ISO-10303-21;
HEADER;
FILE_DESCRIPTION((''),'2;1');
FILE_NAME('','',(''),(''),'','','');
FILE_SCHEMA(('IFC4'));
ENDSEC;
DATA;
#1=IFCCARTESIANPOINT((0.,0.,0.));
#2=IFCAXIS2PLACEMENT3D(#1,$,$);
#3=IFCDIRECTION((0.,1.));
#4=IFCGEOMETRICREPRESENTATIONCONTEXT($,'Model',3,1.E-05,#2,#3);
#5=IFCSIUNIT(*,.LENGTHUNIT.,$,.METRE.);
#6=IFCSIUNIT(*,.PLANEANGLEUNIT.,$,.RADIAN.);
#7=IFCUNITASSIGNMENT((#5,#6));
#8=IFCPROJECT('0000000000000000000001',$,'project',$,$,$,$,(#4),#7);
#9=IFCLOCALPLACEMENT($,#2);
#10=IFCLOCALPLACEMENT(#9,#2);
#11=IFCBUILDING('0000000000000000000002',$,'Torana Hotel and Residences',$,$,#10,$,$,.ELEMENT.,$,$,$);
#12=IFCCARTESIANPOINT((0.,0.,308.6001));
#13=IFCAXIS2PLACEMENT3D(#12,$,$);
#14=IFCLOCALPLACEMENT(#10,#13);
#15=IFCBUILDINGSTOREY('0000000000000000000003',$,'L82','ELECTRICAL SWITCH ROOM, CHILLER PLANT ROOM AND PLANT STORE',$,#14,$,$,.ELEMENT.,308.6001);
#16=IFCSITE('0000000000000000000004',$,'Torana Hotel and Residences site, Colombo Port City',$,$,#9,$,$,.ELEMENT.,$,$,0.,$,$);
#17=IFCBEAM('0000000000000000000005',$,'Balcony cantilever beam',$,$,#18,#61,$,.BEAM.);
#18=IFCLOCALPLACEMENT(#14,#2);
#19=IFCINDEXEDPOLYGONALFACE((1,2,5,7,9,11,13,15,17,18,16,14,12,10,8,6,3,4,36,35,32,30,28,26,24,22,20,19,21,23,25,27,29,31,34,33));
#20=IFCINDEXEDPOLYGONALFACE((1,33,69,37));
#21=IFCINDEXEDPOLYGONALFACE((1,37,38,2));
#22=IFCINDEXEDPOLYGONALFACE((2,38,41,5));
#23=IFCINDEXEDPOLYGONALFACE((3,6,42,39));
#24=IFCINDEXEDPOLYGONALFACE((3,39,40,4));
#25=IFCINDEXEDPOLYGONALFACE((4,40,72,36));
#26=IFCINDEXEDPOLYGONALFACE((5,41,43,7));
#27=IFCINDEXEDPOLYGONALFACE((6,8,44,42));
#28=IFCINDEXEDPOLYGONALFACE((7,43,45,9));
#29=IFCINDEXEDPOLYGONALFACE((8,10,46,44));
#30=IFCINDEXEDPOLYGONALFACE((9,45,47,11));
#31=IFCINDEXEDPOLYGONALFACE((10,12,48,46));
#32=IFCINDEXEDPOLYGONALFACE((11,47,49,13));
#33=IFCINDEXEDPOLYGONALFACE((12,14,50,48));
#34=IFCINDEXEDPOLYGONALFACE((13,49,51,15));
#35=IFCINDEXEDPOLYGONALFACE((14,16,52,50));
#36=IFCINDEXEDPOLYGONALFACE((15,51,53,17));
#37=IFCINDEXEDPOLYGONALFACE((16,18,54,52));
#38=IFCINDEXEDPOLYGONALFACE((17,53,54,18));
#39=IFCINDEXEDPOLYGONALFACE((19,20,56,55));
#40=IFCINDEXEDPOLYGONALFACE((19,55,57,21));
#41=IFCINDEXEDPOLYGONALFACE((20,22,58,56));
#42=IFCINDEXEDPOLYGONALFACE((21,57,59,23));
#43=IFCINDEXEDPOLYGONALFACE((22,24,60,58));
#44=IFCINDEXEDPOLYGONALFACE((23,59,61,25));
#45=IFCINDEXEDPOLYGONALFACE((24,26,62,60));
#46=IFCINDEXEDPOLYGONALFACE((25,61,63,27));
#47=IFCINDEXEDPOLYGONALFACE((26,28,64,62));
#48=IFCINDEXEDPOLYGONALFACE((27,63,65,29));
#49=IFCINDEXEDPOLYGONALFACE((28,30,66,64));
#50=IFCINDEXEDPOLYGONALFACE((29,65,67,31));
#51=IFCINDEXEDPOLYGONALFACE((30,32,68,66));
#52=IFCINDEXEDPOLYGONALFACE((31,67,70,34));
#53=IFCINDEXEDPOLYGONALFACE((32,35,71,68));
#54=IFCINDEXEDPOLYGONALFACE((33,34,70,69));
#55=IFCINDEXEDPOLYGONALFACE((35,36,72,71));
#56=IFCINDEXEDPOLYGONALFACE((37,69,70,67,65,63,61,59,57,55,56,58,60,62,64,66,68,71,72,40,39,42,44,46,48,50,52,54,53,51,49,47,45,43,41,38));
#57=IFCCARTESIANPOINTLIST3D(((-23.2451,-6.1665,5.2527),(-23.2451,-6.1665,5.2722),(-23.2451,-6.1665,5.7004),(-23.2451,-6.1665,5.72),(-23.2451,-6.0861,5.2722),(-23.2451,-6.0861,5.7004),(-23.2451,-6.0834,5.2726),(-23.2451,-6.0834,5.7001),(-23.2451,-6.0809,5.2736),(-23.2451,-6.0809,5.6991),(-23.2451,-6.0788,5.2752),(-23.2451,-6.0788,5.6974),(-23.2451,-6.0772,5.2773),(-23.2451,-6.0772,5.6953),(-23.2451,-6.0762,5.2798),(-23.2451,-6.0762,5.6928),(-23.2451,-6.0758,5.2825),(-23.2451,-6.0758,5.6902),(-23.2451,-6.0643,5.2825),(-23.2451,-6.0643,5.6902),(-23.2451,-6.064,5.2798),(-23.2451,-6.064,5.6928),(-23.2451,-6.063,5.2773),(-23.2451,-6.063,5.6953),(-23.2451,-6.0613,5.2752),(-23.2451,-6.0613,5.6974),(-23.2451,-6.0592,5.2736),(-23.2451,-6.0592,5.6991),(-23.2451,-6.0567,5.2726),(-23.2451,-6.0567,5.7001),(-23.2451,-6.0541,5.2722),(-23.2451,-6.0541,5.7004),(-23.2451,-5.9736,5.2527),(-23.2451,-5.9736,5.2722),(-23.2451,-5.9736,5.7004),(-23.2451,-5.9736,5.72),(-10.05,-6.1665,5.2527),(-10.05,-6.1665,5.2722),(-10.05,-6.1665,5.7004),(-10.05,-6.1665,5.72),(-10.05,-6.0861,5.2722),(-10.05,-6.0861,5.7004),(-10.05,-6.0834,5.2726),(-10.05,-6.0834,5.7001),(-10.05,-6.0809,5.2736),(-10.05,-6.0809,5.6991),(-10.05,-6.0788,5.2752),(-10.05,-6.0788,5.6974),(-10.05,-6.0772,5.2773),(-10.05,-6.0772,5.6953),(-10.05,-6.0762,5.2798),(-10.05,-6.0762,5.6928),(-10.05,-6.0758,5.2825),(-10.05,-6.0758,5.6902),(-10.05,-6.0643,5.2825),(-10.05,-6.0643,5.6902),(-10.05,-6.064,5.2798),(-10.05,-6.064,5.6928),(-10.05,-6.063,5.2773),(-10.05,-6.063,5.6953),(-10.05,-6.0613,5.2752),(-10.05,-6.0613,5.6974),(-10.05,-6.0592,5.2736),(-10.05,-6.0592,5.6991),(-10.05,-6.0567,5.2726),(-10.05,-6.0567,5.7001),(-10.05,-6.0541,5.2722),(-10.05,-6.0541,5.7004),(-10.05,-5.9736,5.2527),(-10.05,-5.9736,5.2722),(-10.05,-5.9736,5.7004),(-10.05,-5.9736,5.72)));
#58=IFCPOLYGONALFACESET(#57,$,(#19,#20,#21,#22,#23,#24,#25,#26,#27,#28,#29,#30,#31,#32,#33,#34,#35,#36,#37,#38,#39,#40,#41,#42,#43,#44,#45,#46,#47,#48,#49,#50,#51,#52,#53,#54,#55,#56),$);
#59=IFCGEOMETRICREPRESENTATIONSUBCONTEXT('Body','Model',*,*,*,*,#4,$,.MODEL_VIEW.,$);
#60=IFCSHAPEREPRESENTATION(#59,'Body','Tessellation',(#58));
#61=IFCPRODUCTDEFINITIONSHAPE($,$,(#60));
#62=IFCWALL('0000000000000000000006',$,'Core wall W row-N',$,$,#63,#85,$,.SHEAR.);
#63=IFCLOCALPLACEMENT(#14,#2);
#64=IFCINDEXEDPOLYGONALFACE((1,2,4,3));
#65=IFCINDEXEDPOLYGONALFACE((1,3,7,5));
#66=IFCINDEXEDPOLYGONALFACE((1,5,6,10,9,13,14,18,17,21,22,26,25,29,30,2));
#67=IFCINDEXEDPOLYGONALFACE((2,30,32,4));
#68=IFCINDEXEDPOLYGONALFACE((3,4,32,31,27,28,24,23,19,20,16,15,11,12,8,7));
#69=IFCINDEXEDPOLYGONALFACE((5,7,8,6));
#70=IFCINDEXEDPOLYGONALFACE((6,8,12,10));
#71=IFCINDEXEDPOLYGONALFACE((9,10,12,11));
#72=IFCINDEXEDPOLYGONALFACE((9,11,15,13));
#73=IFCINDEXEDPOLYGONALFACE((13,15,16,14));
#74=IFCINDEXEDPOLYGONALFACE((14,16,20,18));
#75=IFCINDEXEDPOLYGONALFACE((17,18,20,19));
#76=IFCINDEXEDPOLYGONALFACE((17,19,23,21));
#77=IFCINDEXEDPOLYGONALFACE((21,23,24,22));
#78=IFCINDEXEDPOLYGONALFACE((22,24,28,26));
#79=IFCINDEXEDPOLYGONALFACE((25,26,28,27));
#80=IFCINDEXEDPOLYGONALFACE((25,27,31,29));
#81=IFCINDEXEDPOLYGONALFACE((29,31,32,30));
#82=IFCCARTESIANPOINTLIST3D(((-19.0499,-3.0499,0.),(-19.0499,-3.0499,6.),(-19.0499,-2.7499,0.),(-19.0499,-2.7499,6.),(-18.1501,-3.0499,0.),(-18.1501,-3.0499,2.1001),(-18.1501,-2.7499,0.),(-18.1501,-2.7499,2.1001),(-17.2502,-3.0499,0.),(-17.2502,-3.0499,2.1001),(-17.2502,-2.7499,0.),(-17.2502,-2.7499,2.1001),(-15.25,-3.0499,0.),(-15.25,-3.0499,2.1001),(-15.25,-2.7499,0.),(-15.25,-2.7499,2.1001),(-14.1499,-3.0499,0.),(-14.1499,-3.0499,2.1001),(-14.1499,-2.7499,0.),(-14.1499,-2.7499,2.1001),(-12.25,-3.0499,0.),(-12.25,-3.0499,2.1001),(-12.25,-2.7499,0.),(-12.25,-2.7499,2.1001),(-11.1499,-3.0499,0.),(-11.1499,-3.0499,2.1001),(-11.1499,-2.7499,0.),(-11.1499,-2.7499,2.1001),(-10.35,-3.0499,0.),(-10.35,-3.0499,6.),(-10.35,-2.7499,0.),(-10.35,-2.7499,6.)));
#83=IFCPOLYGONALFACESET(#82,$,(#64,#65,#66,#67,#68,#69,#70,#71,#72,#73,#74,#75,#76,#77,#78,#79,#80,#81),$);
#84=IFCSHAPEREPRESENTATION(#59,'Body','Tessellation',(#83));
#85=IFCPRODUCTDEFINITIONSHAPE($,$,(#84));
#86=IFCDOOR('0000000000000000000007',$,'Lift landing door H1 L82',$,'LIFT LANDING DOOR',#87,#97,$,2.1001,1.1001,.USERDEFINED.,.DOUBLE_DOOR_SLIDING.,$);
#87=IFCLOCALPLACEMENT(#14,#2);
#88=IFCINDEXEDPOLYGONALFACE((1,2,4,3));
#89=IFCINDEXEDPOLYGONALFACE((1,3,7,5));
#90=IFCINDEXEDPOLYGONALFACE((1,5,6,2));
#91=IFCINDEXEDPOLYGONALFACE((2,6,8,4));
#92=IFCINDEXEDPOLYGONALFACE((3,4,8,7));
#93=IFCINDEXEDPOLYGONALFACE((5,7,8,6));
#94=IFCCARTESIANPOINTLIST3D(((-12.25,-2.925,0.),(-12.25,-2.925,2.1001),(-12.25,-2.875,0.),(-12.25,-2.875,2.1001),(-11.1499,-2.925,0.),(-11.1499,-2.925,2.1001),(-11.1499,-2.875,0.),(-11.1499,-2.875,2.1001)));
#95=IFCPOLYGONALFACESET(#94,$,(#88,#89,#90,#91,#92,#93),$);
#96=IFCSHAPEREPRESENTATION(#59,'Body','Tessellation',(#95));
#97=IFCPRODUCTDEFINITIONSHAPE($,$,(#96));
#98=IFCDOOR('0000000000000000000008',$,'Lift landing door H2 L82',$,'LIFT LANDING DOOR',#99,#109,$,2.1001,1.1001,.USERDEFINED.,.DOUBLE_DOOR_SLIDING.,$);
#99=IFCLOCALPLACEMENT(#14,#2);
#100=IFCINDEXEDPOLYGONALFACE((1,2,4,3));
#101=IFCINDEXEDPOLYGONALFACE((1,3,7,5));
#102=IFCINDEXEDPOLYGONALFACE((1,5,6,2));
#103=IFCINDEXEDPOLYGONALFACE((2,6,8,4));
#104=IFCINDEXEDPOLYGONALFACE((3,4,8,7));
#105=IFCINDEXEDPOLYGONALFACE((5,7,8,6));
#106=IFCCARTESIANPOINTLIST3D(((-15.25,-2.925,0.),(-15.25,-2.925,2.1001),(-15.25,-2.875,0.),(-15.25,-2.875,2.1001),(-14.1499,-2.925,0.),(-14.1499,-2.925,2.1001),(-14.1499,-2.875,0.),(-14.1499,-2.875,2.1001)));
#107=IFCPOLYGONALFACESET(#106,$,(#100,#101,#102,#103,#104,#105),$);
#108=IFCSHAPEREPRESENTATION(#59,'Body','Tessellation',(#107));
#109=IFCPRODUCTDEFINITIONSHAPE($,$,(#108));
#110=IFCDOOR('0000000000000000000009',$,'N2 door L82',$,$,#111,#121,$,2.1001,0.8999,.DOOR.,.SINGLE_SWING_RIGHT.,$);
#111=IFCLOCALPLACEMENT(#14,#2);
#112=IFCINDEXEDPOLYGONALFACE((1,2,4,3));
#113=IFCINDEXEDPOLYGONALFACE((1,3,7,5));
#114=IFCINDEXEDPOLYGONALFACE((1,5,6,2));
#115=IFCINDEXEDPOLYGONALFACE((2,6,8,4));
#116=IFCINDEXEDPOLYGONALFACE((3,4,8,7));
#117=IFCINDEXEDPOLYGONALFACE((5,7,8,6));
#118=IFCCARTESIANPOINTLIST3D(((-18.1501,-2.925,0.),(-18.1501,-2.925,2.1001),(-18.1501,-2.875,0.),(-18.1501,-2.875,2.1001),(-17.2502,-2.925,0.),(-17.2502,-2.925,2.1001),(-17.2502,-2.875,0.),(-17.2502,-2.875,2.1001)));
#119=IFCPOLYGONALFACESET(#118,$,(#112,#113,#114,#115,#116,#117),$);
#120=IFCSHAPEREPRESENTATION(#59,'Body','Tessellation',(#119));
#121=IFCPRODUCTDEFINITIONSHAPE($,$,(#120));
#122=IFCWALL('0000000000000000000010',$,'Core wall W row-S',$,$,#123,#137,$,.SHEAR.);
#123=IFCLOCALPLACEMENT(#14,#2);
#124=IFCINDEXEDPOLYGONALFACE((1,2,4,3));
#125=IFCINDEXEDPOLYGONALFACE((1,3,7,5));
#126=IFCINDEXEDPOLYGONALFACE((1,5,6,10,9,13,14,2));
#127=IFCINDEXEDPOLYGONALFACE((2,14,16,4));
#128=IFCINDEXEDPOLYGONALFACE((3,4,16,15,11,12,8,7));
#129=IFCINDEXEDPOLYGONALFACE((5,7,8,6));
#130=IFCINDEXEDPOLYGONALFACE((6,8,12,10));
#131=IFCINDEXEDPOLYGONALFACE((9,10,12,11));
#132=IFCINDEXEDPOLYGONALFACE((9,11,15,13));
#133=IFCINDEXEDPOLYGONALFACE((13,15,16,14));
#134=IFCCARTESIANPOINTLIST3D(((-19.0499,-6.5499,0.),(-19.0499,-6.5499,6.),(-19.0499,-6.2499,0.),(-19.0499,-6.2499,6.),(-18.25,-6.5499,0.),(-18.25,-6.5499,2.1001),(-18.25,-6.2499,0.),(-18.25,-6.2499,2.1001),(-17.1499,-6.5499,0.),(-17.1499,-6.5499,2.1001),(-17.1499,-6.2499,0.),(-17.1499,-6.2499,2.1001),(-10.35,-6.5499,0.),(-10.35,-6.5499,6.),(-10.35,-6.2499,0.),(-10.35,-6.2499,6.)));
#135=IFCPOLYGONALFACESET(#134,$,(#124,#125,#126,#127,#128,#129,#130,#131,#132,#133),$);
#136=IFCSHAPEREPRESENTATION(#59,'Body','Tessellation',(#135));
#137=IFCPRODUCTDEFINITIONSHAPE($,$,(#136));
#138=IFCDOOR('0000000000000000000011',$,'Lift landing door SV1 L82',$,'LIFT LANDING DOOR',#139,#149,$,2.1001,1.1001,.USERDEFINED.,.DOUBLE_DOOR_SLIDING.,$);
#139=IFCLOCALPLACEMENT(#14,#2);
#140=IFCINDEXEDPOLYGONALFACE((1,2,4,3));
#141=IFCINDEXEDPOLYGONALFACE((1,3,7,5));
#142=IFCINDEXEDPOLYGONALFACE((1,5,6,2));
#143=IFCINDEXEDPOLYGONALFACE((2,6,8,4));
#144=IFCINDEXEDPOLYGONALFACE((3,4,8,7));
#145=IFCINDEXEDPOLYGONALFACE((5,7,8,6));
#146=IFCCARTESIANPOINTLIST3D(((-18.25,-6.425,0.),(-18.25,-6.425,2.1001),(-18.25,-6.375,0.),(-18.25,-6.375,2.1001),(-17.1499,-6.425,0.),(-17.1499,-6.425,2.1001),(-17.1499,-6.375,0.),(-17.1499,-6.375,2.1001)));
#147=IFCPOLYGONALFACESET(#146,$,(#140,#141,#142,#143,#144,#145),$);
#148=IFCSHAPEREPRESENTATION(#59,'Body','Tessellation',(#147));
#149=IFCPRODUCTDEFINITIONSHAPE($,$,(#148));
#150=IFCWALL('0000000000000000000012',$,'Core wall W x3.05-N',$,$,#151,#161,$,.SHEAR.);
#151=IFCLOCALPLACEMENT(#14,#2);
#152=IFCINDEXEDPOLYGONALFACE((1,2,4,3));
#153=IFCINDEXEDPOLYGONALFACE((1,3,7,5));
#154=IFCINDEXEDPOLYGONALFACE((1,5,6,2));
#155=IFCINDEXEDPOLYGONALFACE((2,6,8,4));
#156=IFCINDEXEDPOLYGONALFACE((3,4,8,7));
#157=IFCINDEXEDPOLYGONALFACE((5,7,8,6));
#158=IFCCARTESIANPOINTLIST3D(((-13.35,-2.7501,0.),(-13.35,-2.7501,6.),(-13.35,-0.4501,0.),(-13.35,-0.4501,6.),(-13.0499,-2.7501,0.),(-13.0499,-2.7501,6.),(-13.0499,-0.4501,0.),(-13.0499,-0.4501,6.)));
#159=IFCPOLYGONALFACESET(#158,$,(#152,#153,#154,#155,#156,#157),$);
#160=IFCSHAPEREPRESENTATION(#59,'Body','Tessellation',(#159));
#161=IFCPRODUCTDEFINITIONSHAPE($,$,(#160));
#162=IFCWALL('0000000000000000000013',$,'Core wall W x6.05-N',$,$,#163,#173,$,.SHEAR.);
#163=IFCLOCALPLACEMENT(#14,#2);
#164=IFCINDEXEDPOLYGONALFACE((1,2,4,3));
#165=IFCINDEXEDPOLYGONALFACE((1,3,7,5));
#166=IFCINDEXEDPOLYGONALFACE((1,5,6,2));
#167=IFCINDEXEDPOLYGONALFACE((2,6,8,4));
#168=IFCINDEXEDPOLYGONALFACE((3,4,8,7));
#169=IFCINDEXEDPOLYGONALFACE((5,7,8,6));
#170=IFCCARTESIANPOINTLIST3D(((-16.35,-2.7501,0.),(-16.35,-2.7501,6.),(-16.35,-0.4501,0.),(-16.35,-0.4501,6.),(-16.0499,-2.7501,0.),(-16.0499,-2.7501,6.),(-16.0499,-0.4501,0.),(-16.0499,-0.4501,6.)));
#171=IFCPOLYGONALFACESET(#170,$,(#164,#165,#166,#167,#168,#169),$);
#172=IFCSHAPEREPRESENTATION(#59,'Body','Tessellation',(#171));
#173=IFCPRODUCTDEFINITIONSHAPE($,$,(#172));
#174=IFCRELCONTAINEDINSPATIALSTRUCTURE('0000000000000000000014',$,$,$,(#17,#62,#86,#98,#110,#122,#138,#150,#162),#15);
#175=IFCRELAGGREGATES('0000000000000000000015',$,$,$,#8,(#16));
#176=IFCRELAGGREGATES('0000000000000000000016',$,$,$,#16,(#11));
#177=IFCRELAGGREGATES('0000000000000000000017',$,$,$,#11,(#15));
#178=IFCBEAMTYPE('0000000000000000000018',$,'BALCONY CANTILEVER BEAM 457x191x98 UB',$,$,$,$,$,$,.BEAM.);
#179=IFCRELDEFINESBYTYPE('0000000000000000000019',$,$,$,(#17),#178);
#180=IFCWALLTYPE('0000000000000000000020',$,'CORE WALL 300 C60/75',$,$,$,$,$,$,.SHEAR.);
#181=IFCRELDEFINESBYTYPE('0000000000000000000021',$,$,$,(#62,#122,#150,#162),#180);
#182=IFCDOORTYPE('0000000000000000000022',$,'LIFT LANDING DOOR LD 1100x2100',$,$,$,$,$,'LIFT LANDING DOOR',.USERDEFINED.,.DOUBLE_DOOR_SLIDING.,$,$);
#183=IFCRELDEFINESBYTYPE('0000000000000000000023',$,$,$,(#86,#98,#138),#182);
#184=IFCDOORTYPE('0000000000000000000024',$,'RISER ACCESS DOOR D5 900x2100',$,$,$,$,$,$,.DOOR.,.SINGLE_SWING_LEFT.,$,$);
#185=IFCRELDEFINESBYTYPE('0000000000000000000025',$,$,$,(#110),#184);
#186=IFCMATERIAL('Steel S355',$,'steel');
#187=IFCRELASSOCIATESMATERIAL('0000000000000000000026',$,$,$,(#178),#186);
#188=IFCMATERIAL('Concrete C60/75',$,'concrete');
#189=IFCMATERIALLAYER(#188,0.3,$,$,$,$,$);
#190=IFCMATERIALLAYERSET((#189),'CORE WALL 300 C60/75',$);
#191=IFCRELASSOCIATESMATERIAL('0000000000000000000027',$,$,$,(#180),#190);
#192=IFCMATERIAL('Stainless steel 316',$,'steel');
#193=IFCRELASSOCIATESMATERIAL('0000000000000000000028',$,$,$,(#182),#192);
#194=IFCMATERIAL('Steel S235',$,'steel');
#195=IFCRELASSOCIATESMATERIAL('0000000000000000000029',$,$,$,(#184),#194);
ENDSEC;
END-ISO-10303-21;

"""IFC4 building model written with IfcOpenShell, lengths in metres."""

from ifc_helpers import new_model, si_unit, direction, frame, frame_2d, origin, origin_2d, place, context, subcontext, project, spatial, rectangle, i_section, extrude, material, layer, layer_set, material_profile, profile_set, type_object, element, fill, save


model = new_model("IFC4")

# Units and contexts
model_context = context("Model", 3, precision=1e-05, world=origin(), true_north=direction((0.0, 1.0)))
body_context = subcontext(model_context, "Body", "Model", "MODEL_VIEW")
ifc_project = project(units=[si_unit("LENGTHUNIT", "METRE"), si_unit("PLANEANGLEUNIT", "RADIAN")], contexts=[model_context])

# Site, building, storey
site_placement = place(None, origin())
site = spatial("IfcSite", under=ifc_project, at=site_placement, Name="Torana Hotel and Residences site, Colombo Port City", CompositionType="ELEMENT", RefElevation=0.0)
building_placement = place(site_placement, origin())
building = spatial("IfcBuilding", under=site, at=building_placement, Name="Torana Hotel and Residences", CompositionType="ELEMENT")
storey_placement = place(building_placement, frame((0.0, 0.0, 308.6001)))
storey = spatial("IfcBuildingStorey", under=building, at=storey_placement, Name="L82", Description="ELECTRICAL SWITCH ROOM, CHILLER PLANT ROOM AND PLANT STORE", CompositionType="ELEMENT", Elevation=308.6001)

# Beam
ifc_material_1 = material(Name="Steel S355", Category="steel")
ifc_material_profile = material_profile(ifc_material_1, i_section(OverallWidth=0.1929, OverallDepth=0.4673, WebThickness=0.0115, FlangeThickness=0.0195, FilletRadius=0.0103, at=origin_2d()), Name="457x191x98 UB")
ifc_profile_set = profile_set([ifc_material_profile], Name="Steel S355")
beam_type = type_object("IfcBeamType", Name="BALCONY CANTILEVER BEAM 457x191x98 UB", PredefinedType="BEAM", material=ifc_profile_set)
beam_placement = place(storey_placement, frame((-23.2451, -6.0701, 5.4863), z_axis=(1.0, 0.0, 0.0), x_axis=(0.0, 1.0, 0.0)))
element("IfcBeam", 1, at=beam_placement, inside=storey, type_object=beam_type, Name="Balcony cantilever beam", PredefinedType="BEAM", context=body_context, shape_type="SweptSolid", body=[
    extrude(i_section(OverallWidth=0.1929, OverallDepth=0.4673, WebThickness=0.0115, FlangeThickness=0.0195, FilletRadius=0.0103, at=origin_2d()), origin(), (0.0, 0.0, 1.0), 13.1951),
])

# Wall, openings, doors
ifc_material_2 = material(Name="Concrete C60/75", Category="concrete")
ifc_layer_1 = layer(ifc_material_2, 0.3)
ifc_layer_set_1 = layer_set([ifc_layer_1], Name="CORE WALL 300 C60/75")
wall_type_1 = type_object("IfcWallType", Name="CORE WALL 300 C60/75", PredefinedType="SHEAR", material=ifc_layer_set_1)
wall_1_placement = place(storey_placement, frame((-19.05, -2.8999, 0.0), z_axis=(0.0, 0.0, 1.0), x_axis=(1.0, 0.0, 0.0)))
wall_1 = element("IfcWall", 2, at=wall_1_placement, inside=storey, type_object=wall_type_1, Name="Core wall W row-N", PredefinedType="SHEAR", context=body_context, shape_type="SweptSolid", body=[
    extrude(rectangle(XDim=8.7, YDim=0.3, at=frame_2d((4.3501, 0.0))), origin(), (0.0, 0.0, 1.0), 6.0),
])
opening_1_placement = place(wall_1_placement, frame((6.8, 0.0, 0.0)))
opening_1 = element("IfcOpeningElement", 3, at=opening_1_placement, cuts=wall_1, PredefinedType="OPENING", context=body_context, shape_type="SweptSolid", body=[
    extrude(rectangle(XDim=1.1001, YDim=2.1001, at=frame_2d((0.55, 1.05))), frame((0.0, 0.1599, 0.0), z_axis=(0.0, -1.0, 0.0), x_axis=(1.0, 0.0, 0.0)), (0.0, 0.0, 1.0), 0.3201),
])
opening_2_placement = place(wall_1_placement, frame((3.8, 0.0, 0.0)))
opening_2 = element("IfcOpeningElement", 4, at=opening_2_placement, cuts=wall_1, PredefinedType="OPENING", context=body_context, shape_type="SweptSolid", body=[
    extrude(rectangle(XDim=1.1001, YDim=2.1001, at=frame_2d((0.55, 1.05))), frame((0.0, 0.1599, 0.0), z_axis=(0.0, -1.0, 0.0), x_axis=(1.0, 0.0, 0.0)), (0.0, 0.0, 1.0), 0.3201),
])
opening_3_placement = place(wall_1_placement, frame((0.8999, 0.0, 0.0)))
opening_3 = element("IfcOpeningElement", 5, at=opening_3_placement, cuts=wall_1, PredefinedType="OPENING", context=body_context, shape_type="SweptSolid", body=[
    extrude(rectangle(XDim=0.8999, YDim=2.1001, at=frame_2d((0.45, 1.05))), frame((0.0, 0.1599, 0.0), z_axis=(0.0, -1.0, 0.0), x_axis=(1.0, 0.0, 0.0)), (0.0, 0.0, 1.0), 0.3201),
])
ifc_material_3 = material(Name="Stainless steel 316", Category="steel")
door_type_1 = type_object("IfcDoorType", Name="LIFT LANDING DOOR LD 1100x2100", ElementType="LIFT LANDING DOOR", OperationType="DOUBLE_DOOR_SLIDING", PredefinedType="USERDEFINED", material=ifc_material_3)
door_1_placement = place(opening_1_placement, origin())
door_1 = element("IfcDoor", 6, at=door_1_placement, inside=storey, type_object=door_type_1, Name="Lift landing door H1 L82", ObjectType="LIFT LANDING DOOR", OperationType="DOUBLE_DOOR_SLIDING", OverallHeight=2.1001, OverallWidth=1.1001, PredefinedType="USERDEFINED", context=body_context, shape_type="SweptSolid", body=[
    extrude(rectangle(XDim=1.1001, YDim=2.1001, at=frame_2d((0.55, 1.05))), frame((0.0, 0.0249, 0.0), z_axis=(0.0, -1.0, 0.0), x_axis=(1.0, 0.0, 0.0)), (0.0, 0.0, 1.0), 0.05),
])
fill(opening_1, door_1)
door_2_placement = place(opening_2_placement, origin())
door_2 = element("IfcDoor", 7, at=door_2_placement, inside=storey, type_object=door_type_1, Name="Lift landing door H2 L82", ObjectType="LIFT LANDING DOOR", OperationType="DOUBLE_DOOR_SLIDING", OverallHeight=2.1001, OverallWidth=1.1001, PredefinedType="USERDEFINED", context=body_context, shape_type="SweptSolid", body=[
    extrude(rectangle(XDim=1.1001, YDim=2.1001, at=frame_2d((0.55, 1.05))), frame((0.0, 0.0249, 0.0), z_axis=(0.0, -1.0, 0.0), x_axis=(1.0, 0.0, 0.0)), (0.0, 0.0, 1.0), 0.05),
])
fill(opening_2, door_2)
ifc_material_4 = material(Name="Steel S235", Category="steel")
door_type_2 = type_object("IfcDoorType", Name="RISER ACCESS DOOR D5 900x2100", OperationType="SINGLE_SWING_LEFT", PredefinedType="DOOR", material=ifc_material_4)
door_3_placement = place(opening_3_placement, origin())
door_3 = element("IfcDoor", 8, at=door_3_placement, inside=storey, type_object=door_type_2, Name="N2 door L82", OperationType="SINGLE_SWING_RIGHT", OverallHeight=2.1001, OverallWidth=0.8999, PredefinedType="DOOR", context=body_context, shape_type="SweptSolid", body=[
    extrude(rectangle(XDim=0.8999, YDim=2.1001, at=frame_2d((0.45, 1.05))), frame((0.0, 0.0249, 0.0), z_axis=(0.0, -1.0, 0.0), x_axis=(1.0, 0.0, 0.0)), (0.0, 0.0, 1.0), 0.05),
])
fill(opening_3, door_3)

# Wall, opening, door
wall_2_placement = place(storey_placement, frame((-19.05, -6.3999, 0.0), z_axis=(0.0, 0.0, 1.0), x_axis=(1.0, 0.0, 0.0)))
wall_2 = element("IfcWall", 9, at=wall_2_placement, inside=storey, type_object=wall_type_1, Name="Core wall W row-S", PredefinedType="SHEAR", context=body_context, shape_type="SweptSolid", body=[
    extrude(rectangle(XDim=8.7, YDim=0.3, at=frame_2d((4.3501, 0.0))), origin(), (0.0, 0.0, 1.0), 6.0),
])
opening_4_placement = place(wall_2_placement, frame((0.8, 0.0, 0.0)))
opening_4 = element("IfcOpeningElement", 10, at=opening_4_placement, cuts=wall_2, PredefinedType="OPENING", context=body_context, shape_type="SweptSolid", body=[
    extrude(rectangle(XDim=1.1001, YDim=2.1001, at=frame_2d((0.55, 1.05))), frame((0.0, 0.1599, 0.0), z_axis=(0.0, -1.0, 0.0), x_axis=(1.0, 0.0, 0.0)), (0.0, 0.0, 1.0), 0.3201),
])
door_4_placement = place(opening_4_placement, origin())
door_4 = element("IfcDoor", 11, at=door_4_placement, inside=storey, type_object=door_type_1, Name="Lift landing door SV1 L82", ObjectType="LIFT LANDING DOOR", OperationType="DOUBLE_DOOR_SLIDING", OverallHeight=2.1001, OverallWidth=1.1001, PredefinedType="USERDEFINED", context=body_context, shape_type="SweptSolid", body=[
    extrude(rectangle(XDim=1.1001, YDim=2.1001, at=frame_2d((0.55, 1.05))), frame((0.0, 0.0249, 0.0), z_axis=(0.0, -1.0, 0.0), x_axis=(1.0, 0.0, 0.0)), (0.0, 0.0, 1.0), 0.05),
])
fill(opening_4, door_4)

# Walls
for number, where, z_axis, x_axis, name in (
    (12, (-13.2, -2.75, 0.0), (0.0, 0.0, 1.0), (0.0, 1.0, 0.0), "Core wall W x3.05-N"),
    (13, (-16.2, -2.75, 0.0), (0.0, 0.0, 1.0), (0.0, 1.0, 0.0), "Core wall W x6.05-N"),
):
    element("IfcWall", number, at=place(storey_placement, frame(where, z_axis=z_axis, x_axis=x_axis)), inside=storey, type_object=wall_type_1, Name=name, PredefinedType="SHEAR", context=body_context, shape_type="SweptSolid", body=[
        extrude(rectangle(XDim=2.3, YDim=0.3, at=frame_2d((1.1499, 0.0))), origin(), (0.0, 0.0, 1.0), 6.0),
    ])

save(model, "model.ifc")
